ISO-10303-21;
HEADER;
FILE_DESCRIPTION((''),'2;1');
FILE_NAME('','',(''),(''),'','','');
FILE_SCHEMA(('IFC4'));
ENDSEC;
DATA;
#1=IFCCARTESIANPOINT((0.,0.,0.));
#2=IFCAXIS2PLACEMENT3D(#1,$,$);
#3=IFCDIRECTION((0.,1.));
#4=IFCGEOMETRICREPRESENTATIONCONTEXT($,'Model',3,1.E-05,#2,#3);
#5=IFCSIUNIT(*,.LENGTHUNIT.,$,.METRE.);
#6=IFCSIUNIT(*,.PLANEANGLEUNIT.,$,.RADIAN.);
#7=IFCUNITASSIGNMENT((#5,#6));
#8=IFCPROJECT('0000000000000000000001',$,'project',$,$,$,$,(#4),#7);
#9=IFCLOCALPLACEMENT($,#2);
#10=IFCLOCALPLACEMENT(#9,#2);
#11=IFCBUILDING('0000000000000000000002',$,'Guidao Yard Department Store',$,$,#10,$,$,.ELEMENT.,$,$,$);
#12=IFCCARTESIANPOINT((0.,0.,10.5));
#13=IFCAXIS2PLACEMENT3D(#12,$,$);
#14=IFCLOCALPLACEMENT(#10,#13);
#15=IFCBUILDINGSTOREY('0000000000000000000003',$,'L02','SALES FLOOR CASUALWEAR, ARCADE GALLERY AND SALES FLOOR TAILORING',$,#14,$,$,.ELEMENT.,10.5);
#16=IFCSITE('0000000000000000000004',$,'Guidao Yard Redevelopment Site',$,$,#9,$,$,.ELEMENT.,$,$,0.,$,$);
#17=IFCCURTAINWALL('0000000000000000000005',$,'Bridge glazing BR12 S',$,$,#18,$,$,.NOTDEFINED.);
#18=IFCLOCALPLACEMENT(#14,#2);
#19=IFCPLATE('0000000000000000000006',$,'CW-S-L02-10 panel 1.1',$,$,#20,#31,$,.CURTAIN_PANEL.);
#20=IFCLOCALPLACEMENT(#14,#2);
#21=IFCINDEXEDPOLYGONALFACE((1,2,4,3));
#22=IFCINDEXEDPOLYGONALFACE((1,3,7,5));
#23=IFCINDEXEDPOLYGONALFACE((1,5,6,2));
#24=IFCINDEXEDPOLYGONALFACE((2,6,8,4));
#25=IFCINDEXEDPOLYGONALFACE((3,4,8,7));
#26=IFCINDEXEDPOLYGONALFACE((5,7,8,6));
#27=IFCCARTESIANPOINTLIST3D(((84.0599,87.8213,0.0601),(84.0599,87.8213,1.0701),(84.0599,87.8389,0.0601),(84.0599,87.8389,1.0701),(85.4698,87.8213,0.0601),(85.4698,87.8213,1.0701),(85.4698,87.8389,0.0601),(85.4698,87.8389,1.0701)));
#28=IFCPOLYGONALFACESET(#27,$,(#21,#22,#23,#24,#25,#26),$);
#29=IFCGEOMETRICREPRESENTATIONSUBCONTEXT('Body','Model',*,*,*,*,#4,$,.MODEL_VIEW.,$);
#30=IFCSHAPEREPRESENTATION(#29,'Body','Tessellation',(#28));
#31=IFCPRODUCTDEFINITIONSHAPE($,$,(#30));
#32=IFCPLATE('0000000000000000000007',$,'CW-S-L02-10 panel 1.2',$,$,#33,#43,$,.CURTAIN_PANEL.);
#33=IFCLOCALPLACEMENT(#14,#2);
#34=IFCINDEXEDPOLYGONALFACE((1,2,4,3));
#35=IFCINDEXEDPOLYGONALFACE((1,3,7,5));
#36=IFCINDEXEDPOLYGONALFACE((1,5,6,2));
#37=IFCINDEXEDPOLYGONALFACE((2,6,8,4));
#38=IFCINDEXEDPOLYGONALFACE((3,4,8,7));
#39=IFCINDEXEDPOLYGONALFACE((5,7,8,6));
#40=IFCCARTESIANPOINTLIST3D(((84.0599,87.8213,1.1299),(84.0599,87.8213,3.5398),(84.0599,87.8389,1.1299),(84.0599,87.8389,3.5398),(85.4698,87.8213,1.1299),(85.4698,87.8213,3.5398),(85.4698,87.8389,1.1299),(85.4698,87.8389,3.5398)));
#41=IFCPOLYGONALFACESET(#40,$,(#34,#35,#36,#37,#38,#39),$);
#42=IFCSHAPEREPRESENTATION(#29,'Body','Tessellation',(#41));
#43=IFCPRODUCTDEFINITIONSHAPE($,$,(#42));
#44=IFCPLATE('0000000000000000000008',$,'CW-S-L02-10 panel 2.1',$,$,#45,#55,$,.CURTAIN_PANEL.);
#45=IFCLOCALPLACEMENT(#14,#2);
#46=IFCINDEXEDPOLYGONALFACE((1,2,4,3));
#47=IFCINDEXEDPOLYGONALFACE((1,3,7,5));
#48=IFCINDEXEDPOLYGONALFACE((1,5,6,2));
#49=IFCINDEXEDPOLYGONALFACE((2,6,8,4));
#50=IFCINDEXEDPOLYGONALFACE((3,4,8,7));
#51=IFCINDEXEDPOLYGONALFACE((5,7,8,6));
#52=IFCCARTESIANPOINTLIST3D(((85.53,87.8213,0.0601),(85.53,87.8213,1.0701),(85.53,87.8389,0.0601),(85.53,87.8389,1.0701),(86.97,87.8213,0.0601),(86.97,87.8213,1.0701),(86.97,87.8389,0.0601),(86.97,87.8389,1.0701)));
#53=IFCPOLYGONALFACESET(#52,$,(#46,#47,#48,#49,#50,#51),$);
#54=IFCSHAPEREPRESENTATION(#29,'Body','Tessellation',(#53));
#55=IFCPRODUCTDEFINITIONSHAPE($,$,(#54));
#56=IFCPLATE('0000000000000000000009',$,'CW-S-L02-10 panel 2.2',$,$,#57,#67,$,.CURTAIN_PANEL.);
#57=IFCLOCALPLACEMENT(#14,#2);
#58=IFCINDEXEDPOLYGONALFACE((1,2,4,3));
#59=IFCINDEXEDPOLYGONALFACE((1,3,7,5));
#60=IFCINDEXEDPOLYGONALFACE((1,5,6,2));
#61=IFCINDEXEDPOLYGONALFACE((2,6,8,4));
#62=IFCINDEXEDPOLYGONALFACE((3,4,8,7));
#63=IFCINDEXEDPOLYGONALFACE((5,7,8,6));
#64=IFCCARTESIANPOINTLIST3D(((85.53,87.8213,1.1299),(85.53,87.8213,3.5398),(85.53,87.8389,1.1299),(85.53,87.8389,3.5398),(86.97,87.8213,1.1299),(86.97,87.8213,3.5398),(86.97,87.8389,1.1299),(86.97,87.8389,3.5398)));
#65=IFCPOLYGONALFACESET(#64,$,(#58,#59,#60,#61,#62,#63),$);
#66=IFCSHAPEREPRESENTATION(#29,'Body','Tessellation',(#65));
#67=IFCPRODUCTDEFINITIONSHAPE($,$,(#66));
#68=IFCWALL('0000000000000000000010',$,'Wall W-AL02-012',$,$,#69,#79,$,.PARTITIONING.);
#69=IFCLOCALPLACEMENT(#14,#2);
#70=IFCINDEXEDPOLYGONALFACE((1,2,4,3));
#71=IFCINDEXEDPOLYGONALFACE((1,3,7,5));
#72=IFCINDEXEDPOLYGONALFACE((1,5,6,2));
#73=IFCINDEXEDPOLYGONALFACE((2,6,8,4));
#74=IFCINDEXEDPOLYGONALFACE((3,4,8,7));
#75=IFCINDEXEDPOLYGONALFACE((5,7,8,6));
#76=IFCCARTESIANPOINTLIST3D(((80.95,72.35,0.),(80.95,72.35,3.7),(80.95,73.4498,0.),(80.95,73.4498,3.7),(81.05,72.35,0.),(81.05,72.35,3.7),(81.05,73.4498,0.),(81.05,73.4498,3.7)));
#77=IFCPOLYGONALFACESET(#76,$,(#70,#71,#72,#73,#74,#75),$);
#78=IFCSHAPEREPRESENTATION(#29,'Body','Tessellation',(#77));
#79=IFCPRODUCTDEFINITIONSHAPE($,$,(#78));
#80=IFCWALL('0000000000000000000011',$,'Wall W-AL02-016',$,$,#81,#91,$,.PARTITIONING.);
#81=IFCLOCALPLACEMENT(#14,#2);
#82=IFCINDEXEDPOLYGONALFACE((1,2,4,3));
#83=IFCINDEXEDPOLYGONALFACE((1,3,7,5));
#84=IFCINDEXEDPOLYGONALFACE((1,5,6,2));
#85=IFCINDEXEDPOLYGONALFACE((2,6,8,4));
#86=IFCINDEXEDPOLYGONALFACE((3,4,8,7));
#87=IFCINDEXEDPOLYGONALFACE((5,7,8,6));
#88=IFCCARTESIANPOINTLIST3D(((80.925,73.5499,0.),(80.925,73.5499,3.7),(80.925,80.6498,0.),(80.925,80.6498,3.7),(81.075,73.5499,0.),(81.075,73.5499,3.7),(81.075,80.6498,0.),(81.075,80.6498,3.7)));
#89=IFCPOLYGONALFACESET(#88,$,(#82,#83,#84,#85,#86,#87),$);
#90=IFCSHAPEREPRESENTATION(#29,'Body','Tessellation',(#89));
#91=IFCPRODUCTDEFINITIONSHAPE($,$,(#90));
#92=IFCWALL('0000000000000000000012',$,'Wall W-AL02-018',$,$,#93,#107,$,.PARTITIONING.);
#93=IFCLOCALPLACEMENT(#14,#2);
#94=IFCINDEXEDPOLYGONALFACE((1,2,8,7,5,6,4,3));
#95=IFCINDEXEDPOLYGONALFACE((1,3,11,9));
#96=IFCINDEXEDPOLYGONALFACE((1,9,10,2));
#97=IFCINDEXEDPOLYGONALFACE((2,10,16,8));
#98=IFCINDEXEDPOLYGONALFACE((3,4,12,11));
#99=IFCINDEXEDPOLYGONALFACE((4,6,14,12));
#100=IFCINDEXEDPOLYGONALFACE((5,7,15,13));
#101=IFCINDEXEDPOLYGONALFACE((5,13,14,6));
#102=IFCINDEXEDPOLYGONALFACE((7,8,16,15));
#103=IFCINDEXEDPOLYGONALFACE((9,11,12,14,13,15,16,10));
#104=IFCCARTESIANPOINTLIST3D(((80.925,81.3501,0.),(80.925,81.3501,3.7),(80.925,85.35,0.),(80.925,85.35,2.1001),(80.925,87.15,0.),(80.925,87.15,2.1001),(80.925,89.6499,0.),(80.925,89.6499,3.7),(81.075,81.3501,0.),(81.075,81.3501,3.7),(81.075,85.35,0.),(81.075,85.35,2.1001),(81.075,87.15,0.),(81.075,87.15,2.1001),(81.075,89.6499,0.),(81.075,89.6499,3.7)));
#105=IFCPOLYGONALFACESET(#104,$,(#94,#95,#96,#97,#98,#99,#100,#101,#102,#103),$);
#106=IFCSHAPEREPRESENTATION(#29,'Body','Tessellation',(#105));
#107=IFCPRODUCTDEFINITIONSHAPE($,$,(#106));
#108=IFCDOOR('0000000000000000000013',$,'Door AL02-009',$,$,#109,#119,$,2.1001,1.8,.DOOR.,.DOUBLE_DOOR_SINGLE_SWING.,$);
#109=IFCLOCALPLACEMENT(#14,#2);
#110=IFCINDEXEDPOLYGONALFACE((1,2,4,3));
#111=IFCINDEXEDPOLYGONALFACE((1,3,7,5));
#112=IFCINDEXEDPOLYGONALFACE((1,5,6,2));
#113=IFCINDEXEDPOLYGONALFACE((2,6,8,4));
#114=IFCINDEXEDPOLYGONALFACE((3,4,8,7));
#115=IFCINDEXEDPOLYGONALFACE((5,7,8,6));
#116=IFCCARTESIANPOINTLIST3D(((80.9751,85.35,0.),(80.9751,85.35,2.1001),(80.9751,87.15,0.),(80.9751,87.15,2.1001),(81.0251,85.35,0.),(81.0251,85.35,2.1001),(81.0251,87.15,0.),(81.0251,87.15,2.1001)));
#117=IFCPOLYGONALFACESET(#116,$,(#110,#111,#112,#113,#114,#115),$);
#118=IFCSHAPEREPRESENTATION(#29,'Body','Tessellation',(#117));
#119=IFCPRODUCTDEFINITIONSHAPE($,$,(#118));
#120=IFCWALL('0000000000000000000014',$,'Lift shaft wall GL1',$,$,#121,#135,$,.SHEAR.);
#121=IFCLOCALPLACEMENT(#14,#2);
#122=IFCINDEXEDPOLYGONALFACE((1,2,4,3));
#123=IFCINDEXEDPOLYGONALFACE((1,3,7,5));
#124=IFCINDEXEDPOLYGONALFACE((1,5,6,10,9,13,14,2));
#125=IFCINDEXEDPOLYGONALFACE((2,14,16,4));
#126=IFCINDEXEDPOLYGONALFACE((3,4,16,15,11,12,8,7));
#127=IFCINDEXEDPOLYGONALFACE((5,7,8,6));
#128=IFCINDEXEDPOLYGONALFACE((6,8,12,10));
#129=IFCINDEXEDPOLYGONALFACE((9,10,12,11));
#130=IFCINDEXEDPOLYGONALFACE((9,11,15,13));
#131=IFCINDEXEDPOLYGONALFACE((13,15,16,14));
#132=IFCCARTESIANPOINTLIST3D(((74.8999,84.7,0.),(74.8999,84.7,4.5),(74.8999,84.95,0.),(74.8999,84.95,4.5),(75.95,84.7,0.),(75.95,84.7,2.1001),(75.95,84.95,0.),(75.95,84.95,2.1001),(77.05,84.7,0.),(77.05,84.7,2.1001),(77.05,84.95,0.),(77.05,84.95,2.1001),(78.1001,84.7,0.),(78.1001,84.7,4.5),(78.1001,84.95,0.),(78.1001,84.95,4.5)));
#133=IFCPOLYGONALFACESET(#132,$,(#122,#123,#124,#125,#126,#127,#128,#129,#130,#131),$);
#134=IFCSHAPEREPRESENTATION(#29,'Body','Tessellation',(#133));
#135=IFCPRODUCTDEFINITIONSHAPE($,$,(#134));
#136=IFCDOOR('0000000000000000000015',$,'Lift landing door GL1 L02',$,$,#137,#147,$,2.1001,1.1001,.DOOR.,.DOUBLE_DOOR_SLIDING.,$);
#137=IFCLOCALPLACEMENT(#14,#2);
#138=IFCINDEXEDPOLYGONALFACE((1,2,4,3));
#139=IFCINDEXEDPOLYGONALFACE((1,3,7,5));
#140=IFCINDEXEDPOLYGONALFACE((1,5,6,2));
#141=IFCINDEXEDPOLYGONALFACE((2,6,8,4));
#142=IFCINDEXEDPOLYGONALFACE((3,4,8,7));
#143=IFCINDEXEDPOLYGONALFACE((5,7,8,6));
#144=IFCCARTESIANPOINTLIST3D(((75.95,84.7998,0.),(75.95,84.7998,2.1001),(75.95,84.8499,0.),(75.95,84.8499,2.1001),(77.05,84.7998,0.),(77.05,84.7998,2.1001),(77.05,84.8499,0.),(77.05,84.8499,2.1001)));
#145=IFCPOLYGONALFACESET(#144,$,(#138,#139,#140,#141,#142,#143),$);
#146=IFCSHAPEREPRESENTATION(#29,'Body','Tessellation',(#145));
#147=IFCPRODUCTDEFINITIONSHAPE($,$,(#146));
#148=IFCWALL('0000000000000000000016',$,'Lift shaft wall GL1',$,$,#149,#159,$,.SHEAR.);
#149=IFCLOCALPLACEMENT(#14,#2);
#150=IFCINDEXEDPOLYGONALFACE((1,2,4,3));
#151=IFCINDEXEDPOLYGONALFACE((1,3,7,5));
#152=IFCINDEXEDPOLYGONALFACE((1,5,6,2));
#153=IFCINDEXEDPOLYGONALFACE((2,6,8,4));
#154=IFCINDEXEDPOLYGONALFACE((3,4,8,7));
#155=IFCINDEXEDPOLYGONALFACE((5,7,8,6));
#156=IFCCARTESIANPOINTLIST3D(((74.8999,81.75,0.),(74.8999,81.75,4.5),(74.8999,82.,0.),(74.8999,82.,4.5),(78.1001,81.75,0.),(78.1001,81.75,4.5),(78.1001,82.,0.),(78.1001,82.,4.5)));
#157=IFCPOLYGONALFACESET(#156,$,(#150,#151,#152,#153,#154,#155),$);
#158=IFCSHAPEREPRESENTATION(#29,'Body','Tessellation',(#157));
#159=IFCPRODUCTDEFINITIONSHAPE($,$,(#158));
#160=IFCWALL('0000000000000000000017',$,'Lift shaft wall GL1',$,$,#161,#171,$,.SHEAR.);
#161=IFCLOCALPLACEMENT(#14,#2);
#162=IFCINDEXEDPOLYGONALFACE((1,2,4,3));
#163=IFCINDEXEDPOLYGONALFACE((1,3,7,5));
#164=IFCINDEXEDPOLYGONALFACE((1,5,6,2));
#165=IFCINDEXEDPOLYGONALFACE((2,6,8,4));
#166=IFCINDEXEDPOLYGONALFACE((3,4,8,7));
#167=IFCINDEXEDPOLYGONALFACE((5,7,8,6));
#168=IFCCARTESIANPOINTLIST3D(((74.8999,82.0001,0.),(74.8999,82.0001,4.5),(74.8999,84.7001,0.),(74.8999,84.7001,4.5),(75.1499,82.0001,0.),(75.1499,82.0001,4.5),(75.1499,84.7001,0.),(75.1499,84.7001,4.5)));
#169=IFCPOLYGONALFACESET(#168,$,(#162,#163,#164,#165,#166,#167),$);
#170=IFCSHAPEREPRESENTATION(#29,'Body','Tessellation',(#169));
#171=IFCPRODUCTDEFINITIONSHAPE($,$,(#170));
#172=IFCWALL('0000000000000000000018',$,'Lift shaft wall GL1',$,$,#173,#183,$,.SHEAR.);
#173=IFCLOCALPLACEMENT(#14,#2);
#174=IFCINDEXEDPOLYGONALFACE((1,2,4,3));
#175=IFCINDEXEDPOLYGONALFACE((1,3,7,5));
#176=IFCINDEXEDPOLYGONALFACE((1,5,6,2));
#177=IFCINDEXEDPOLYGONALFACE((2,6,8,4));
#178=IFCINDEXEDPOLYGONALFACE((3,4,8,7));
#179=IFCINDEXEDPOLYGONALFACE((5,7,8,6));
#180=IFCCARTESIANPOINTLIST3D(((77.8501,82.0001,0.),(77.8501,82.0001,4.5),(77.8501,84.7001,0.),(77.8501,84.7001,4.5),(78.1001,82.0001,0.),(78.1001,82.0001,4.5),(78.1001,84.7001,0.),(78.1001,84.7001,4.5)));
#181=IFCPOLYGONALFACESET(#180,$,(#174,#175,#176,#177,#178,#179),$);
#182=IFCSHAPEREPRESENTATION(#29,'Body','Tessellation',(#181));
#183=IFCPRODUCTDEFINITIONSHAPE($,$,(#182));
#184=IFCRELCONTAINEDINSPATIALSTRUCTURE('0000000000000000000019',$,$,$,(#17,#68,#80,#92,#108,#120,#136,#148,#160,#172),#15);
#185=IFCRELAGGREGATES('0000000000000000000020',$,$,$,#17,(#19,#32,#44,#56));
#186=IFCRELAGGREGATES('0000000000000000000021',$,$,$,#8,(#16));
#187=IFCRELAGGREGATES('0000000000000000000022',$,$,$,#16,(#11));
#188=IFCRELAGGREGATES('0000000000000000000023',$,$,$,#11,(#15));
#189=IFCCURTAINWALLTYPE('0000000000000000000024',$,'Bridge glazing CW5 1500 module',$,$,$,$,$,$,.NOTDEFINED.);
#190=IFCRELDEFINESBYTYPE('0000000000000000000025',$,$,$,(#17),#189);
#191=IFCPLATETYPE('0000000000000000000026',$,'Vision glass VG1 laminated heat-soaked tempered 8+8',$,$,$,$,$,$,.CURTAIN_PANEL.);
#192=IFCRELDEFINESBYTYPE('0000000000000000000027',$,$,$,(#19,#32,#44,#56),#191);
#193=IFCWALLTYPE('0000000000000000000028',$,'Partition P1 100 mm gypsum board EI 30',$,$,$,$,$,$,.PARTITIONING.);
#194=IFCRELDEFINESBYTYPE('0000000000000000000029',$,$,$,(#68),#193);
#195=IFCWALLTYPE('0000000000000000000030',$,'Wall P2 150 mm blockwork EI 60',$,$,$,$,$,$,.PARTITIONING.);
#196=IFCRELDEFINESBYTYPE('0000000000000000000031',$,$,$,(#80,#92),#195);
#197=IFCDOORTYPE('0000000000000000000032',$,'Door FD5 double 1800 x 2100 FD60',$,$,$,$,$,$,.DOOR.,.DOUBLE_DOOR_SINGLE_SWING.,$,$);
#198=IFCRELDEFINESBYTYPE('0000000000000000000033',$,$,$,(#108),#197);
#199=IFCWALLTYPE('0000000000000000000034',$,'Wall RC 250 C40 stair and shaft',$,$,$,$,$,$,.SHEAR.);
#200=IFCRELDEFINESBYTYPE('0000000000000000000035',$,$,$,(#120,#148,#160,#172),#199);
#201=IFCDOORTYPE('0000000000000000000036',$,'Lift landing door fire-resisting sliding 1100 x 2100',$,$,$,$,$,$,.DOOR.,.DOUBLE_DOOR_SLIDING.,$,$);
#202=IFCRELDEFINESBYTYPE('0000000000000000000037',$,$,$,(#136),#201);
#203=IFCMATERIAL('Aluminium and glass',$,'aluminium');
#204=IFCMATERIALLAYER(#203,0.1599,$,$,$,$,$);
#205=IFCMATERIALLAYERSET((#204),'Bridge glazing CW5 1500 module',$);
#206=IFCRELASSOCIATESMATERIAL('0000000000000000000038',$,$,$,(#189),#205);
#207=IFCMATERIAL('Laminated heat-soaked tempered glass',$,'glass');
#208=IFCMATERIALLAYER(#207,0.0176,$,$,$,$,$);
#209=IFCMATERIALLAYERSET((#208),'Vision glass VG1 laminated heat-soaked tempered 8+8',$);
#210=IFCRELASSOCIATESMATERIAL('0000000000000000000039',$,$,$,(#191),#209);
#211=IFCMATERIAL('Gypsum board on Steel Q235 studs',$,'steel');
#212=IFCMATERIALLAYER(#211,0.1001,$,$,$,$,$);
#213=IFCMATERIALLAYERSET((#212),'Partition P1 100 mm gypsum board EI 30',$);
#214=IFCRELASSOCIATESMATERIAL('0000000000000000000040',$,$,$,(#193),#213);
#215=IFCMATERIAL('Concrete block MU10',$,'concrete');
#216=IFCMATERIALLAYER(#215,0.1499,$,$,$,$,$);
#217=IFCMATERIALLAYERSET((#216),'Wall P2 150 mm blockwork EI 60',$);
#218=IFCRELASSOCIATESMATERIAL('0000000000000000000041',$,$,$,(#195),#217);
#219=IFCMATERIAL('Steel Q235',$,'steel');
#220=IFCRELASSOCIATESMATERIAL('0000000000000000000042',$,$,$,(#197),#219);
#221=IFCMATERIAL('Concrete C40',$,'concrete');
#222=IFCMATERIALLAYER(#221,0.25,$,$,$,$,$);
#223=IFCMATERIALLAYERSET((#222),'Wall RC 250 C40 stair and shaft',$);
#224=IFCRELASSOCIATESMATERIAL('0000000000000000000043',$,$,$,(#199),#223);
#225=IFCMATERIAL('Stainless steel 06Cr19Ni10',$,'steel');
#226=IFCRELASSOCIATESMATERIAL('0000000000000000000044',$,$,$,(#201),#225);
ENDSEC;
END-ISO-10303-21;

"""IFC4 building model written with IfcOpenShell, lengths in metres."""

from ifc_helpers import new_model, si_unit, direction, frame, frame_2d, origin, origin_2d, place, context, subcontext, project, spatial, rectangle, extrude, material, layer, layer_set, type_object, element, fill, aggregate, save


model = new_model("IFC4")

# Units and contexts
model_context = context("Model", 3, precision=1e-05, world=origin(), true_north=direction((0.0, 1.0)))
body_context = subcontext(model_context, "Body", "Model", "MODEL_VIEW")
ifc_project = project(units=[si_unit("LENGTHUNIT", "METRE"), si_unit("PLANEANGLEUNIT", "RADIAN")], contexts=[model_context])

# Site, building, storey
site_placement = place(None, origin())
site = spatial("IfcSite", under=ifc_project, at=site_placement, Name="Guidao Yard Redevelopment Site", CompositionType="ELEMENT", RefElevation=0.0)
building_placement = place(site_placement, origin())
building = spatial("IfcBuilding", under=site, at=building_placement, Name="Guidao Yard Department Store", CompositionType="ELEMENT")
storey_placement = place(building_placement, frame((0.0, 0.0, 10.5)))
storey = spatial("IfcBuildingStorey", under=building, at=storey_placement, Name="L02", Description="SALES FLOOR CASUALWEAR, ARCADE GALLERY AND SALES FLOOR TAILORING", CompositionType="ELEMENT", Elevation=10.5)

# Curtain wall
ifc_material_1 = material(Name="Aluminium and glass", Category="aluminium")
ifc_layer_1 = layer(ifc_material_1, 0.1599)
ifc_layer_set_1 = layer_set([ifc_layer_1], Name="Bridge glazing CW5 1500 module")
curtain_wall_type = type_object("IfcCurtainWallType", Name="Bridge glazing CW5 1500 module", PredefinedType="NOTDEFINED", material=ifc_layer_set_1)
curtain_wall_1_placement = place(storey_placement, origin())
curtain_wall_1 = element("IfcCurtainWall", 1, at=curtain_wall_1_placement, inside=storey, type_object=curtain_wall_type, Name="Bridge glazing BR12 S", PredefinedType="NOTDEFINED")

# Plates
ifc_material_2 = material(Name="Laminated heat-soaked tempered glass", Category="glass")
ifc_layer_2 = layer(ifc_material_2, 0.0176)
ifc_layer_set_2 = layer_set([ifc_layer_2], Name="Vision glass VG1 laminated heat-soaked tempered 8+8")
plate_type = type_object("IfcPlateType", Name="Vision glass VG1 laminated heat-soaked tempered 8+8", PredefinedType="CURTAIN_PANEL", material=ifc_layer_set_2)
plate_1_placement = place(storey_placement, frame((84.7649, 87.8301, 0.0601), z_axis=(0.0, 0.0, 1.0), x_axis=(-1.0, 0.0, 0.0)))
plate_1 = element("IfcPlate", 2, at=plate_1_placement, type_object=plate_type, Name="CW-S-L02-10 panel 1.1", PredefinedType="CURTAIN_PANEL", context=body_context, shape_type="SweptSolid", body=[
    extrude(rectangle(XDim=1.4099, YDim=0.0176, at=origin_2d()), origin(), (0.0, 0.0, 1.0), 1.01),
])
plate_2_placement = place(storey_placement, frame((84.7649, 87.8301, 1.1299), z_axis=(0.0, 0.0, 1.0), x_axis=(-1.0, 0.0, 0.0)))
plate_2 = element("IfcPlate", 3, at=plate_2_placement, type_object=plate_type, Name="CW-S-L02-10 panel 1.2", PredefinedType="CURTAIN_PANEL", context=body_context, shape_type="SweptSolid", body=[
    extrude(rectangle(XDim=1.4099, YDim=0.0176, at=origin_2d()), origin(), (0.0, 0.0, 1.0), 2.4099),
])
plate_3_placement = place(storey_placement, frame((86.25, 87.8301, 0.0601), z_axis=(0.0, 0.0, 1.0), x_axis=(-1.0, 0.0, 0.0)))
plate_3 = element("IfcPlate", 4, at=plate_3_placement, type_object=plate_type, Name="CW-S-L02-10 panel 2.1", PredefinedType="CURTAIN_PANEL", context=body_context, shape_type="SweptSolid", body=[
    extrude(rectangle(XDim=1.4399, YDim=0.0176, at=origin_2d()), origin(), (0.0, 0.0, 1.0), 1.01),
])
plate_4_placement = place(storey_placement, frame((86.25, 87.8301, 1.1299), z_axis=(0.0, 0.0, 1.0), x_axis=(-1.0, 0.0, 0.0)))
plate_4 = element("IfcPlate", 5, at=plate_4_placement, type_object=plate_type, Name="CW-S-L02-10 panel 2.2", PredefinedType="CURTAIN_PANEL", context=body_context, shape_type="SweptSolid", body=[
    extrude(rectangle(XDim=1.4399, YDim=0.0176, at=origin_2d()), origin(), (0.0, 0.0, 1.0), 2.4099),
])
aggregate(curtain_wall_1, [plate_1, plate_2, plate_3, plate_4])

# Walls
ifc_material_3 = material(Name="Gypsum board on Steel Q235 studs", Category="steel")
ifc_layer_3 = layer(ifc_material_3, 0.1001)
ifc_layer_set_3 = layer_set([ifc_layer_3], Name="Partition P1 100 mm gypsum board EI 30")
wall_type_1 = type_object("IfcWallType", Name="Partition P1 100 mm gypsum board EI 30", PredefinedType="PARTITIONING", material=ifc_layer_set_3)
wall_1_placement = place(storey_placement, frame((81.0, 72.3501, 0.0), z_axis=(0.0, 0.0, 1.0), x_axis=(0.0, 1.0, 0.0)))
element("IfcWall", 6, at=wall_1_placement, inside=storey, type_object=wall_type_1, Name="Wall W-AL02-012", PredefinedType="PARTITIONING", context=body_context, shape_type="SweptSolid", body=[
    extrude(rectangle(XDim=1.0999, YDim=0.1001, at=frame_2d((0.5498, 0.0))), origin(), (0.0, 0.0, 1.0), 3.7),
])
ifc_material_4 = material(Name="Concrete block MU10", Category="concrete")
ifc_layer_4 = layer(ifc_material_4, 0.1499)
ifc_layer_set_4 = layer_set([ifc_layer_4], Name="Wall P2 150 mm blockwork EI 60")
wall_type_2 = type_object("IfcWallType", Name="Wall P2 150 mm blockwork EI 60", PredefinedType="PARTITIONING", material=ifc_layer_set_4)
wall_2_placement = place(storey_placement, frame((81.0, 73.55, 0.0), z_axis=(0.0, 0.0, 1.0), x_axis=(0.0, 1.0, 0.0)))
element("IfcWall", 7, at=wall_2_placement, inside=storey, type_object=wall_type_2, Name="Wall W-AL02-016", PredefinedType="PARTITIONING", context=body_context, shape_type="SweptSolid", body=[
    extrude(rectangle(XDim=7.0999, YDim=0.1499, at=frame_2d((3.5498, 0.0))), origin(), (0.0, 0.0, 1.0), 3.7),
])

# Walls, openings, doors
wall_3_placement = place(storey_placement, frame((81.0, 81.3501, 0.0), z_axis=(0.0, 0.0, 1.0), x_axis=(0.0, 1.0, 0.0)))
wall_3 = element("IfcWall", 8, at=wall_3_placement, inside=storey, type_object=wall_type_2, Name="Wall W-AL02-018", PredefinedType="PARTITIONING", context=body_context, shape_type="SweptSolid", body=[
    extrude(rectangle(XDim=8.2998, YDim=0.1499, at=frame_2d((4.1499, 0.0))), origin(), (0.0, 0.0, 1.0), 3.7),
])
opening_1_placement = place(wall_3_placement, frame((4.0, 0.0, 0.0)))
opening_1 = element("IfcOpeningElement", 9, at=opening_1_placement, cuts=wall_3, PredefinedType="OPENING", context=body_context, shape_type="SweptSolid", body=[
    extrude(rectangle(XDim=1.8, YDim=2.1001, at=frame_2d((0.8999, 1.05))), frame((0.0, 0.085, 0.0), z_axis=(0.0, -1.0, 0.0), x_axis=(1.0, 0.0, 0.0)), (0.0, 0.0, 1.0), 0.1699),
])
ifc_material_5 = material(Name="Steel Q235", Category="steel")
door_type_1 = type_object("IfcDoorType", Name="Door FD5 double 1800 x 2100 FD60", OperationType="DOUBLE_DOOR_SINGLE_SWING", PredefinedType="DOOR", material=ifc_material_5)
door_1_placement = place(opening_1_placement, origin())
door_1 = element("IfcDoor", 10, at=door_1_placement, inside=storey, type_object=door_type_1, Name="Door AL02-009", OperationType="DOUBLE_DOOR_SINGLE_SWING", OverallHeight=2.1001, OverallWidth=1.8, PredefinedType="DOOR", context=body_context, shape_type="SweptSolid", body=[
    extrude(rectangle(XDim=1.8, YDim=2.1001, at=frame_2d((0.8999, 1.05))), frame((0.0, 0.0249, 0.0), z_axis=(0.0, -1.0, 0.0), x_axis=(1.0, 0.0, 0.0)), (0.0, 0.0, 1.0), 0.05),
])
fill(opening_1, door_1)
ifc_material_6 = material(Name="Concrete C40", Category="concrete")
ifc_layer_5 = layer(ifc_material_6, 0.25)
ifc_layer_set_5 = layer_set([ifc_layer_5], Name="Wall RC 250 C40 stair and shaft")
wall_type_3 = type_object("IfcWallType", Name="Wall RC 250 C40 stair and shaft", PredefinedType="SHEAR", material=ifc_layer_set_5)
wall_4_placement = place(storey_placement, frame((74.8999, 84.825, 0.0), z_axis=(0.0, 0.0, 1.0), x_axis=(1.0, 0.0, 0.0)))
wall_4 = element("IfcWall", 11, at=wall_4_placement, inside=storey, type_object=wall_type_3, Name="Lift shaft wall GL1", PredefinedType="SHEAR", context=body_context, shape_type="SweptSolid", body=[
    extrude(rectangle(XDim=3.2002, YDim=0.25, at=frame_2d((1.6001, 0.0))), origin(), (0.0, 0.0, 1.0), 4.5),
])
opening_2_placement = place(wall_4_placement, frame((1.05, 0.0, 0.0)))
opening_2 = element("IfcOpeningElement", 12, at=opening_2_placement, cuts=wall_4, PredefinedType="OPENING", context=body_context, shape_type="SweptSolid", body=[
    extrude(rectangle(XDim=1.1001, YDim=2.1001, at=frame_2d((0.55, 1.05))), frame((0.0, 0.135, 0.0), z_axis=(0.0, -1.0, 0.0), x_axis=(1.0, 0.0, 0.0)), (0.0, 0.0, 1.0), 0.27),
])
ifc_material_7 = material(Name="Stainless steel 06Cr19Ni10", Category="steel")
door_type_2 = type_object("IfcDoorType", Name="Lift landing door fire-resisting sliding 1100 x 2100", OperationType="DOUBLE_DOOR_SLIDING", PredefinedType="DOOR", material=ifc_material_7)
door_2_placement = place(opening_2_placement, origin())
door_2 = element("IfcDoor", 13, at=door_2_placement, inside=storey, type_object=door_type_2, Name="Lift landing door GL1 L02", OperationType="DOUBLE_DOOR_SLIDING", OverallHeight=2.1001, OverallWidth=1.1001, PredefinedType="DOOR", context=body_context, shape_type="SweptSolid", body=[
    extrude(rectangle(XDim=1.1001, YDim=2.1001, at=frame_2d((0.55, 1.05))), frame((0.0, 0.0249, 0.0), z_axis=(0.0, -1.0, 0.0), x_axis=(1.0, 0.0, 0.0)), (0.0, 0.0, 1.0), 0.05),
])
fill(opening_2, door_2)

# Walls
wall_5_placement = place(storey_placement, frame((74.8999, 81.875, 0.0), z_axis=(0.0, 0.0, 1.0), x_axis=(1.0, 0.0, 0.0)))
element("IfcWall", 14, at=wall_5_placement, inside=storey, type_object=wall_type_3, Name="Lift shaft wall GL1", PredefinedType="SHEAR", context=body_context, shape_type="SweptSolid", body=[
    extrude(rectangle(XDim=3.2002, YDim=0.25, at=frame_2d((1.6001, 0.0))), origin(), (0.0, 0.0, 1.0), 4.5),
])
for number, where, z_axis, x_axis, name in (
    (15, (75.0249, 82.0, 0.0), (0.0, 0.0, 1.0), (0.0, 1.0, 0.0), "Lift shaft wall GL1"),
    (16, (77.9751, 82.0, 0.0), (0.0, 0.0, 1.0), (0.0, 1.0, 0.0), "Lift shaft wall GL1"),
):
    element("IfcWall", number, at=place(storey_placement, frame(where, z_axis=z_axis, x_axis=x_axis)), inside=storey, type_object=wall_type_3, Name=name, PredefinedType="SHEAR", context=body_context, shape_type="SweptSolid", body=[
        extrude(rectangle(XDim=2.7, YDim=0.25, at=frame_2d((1.3501, 0.0))), origin(), (0.0, 0.0, 1.0), 4.5),
    ])

save(model, "model.ifc")
